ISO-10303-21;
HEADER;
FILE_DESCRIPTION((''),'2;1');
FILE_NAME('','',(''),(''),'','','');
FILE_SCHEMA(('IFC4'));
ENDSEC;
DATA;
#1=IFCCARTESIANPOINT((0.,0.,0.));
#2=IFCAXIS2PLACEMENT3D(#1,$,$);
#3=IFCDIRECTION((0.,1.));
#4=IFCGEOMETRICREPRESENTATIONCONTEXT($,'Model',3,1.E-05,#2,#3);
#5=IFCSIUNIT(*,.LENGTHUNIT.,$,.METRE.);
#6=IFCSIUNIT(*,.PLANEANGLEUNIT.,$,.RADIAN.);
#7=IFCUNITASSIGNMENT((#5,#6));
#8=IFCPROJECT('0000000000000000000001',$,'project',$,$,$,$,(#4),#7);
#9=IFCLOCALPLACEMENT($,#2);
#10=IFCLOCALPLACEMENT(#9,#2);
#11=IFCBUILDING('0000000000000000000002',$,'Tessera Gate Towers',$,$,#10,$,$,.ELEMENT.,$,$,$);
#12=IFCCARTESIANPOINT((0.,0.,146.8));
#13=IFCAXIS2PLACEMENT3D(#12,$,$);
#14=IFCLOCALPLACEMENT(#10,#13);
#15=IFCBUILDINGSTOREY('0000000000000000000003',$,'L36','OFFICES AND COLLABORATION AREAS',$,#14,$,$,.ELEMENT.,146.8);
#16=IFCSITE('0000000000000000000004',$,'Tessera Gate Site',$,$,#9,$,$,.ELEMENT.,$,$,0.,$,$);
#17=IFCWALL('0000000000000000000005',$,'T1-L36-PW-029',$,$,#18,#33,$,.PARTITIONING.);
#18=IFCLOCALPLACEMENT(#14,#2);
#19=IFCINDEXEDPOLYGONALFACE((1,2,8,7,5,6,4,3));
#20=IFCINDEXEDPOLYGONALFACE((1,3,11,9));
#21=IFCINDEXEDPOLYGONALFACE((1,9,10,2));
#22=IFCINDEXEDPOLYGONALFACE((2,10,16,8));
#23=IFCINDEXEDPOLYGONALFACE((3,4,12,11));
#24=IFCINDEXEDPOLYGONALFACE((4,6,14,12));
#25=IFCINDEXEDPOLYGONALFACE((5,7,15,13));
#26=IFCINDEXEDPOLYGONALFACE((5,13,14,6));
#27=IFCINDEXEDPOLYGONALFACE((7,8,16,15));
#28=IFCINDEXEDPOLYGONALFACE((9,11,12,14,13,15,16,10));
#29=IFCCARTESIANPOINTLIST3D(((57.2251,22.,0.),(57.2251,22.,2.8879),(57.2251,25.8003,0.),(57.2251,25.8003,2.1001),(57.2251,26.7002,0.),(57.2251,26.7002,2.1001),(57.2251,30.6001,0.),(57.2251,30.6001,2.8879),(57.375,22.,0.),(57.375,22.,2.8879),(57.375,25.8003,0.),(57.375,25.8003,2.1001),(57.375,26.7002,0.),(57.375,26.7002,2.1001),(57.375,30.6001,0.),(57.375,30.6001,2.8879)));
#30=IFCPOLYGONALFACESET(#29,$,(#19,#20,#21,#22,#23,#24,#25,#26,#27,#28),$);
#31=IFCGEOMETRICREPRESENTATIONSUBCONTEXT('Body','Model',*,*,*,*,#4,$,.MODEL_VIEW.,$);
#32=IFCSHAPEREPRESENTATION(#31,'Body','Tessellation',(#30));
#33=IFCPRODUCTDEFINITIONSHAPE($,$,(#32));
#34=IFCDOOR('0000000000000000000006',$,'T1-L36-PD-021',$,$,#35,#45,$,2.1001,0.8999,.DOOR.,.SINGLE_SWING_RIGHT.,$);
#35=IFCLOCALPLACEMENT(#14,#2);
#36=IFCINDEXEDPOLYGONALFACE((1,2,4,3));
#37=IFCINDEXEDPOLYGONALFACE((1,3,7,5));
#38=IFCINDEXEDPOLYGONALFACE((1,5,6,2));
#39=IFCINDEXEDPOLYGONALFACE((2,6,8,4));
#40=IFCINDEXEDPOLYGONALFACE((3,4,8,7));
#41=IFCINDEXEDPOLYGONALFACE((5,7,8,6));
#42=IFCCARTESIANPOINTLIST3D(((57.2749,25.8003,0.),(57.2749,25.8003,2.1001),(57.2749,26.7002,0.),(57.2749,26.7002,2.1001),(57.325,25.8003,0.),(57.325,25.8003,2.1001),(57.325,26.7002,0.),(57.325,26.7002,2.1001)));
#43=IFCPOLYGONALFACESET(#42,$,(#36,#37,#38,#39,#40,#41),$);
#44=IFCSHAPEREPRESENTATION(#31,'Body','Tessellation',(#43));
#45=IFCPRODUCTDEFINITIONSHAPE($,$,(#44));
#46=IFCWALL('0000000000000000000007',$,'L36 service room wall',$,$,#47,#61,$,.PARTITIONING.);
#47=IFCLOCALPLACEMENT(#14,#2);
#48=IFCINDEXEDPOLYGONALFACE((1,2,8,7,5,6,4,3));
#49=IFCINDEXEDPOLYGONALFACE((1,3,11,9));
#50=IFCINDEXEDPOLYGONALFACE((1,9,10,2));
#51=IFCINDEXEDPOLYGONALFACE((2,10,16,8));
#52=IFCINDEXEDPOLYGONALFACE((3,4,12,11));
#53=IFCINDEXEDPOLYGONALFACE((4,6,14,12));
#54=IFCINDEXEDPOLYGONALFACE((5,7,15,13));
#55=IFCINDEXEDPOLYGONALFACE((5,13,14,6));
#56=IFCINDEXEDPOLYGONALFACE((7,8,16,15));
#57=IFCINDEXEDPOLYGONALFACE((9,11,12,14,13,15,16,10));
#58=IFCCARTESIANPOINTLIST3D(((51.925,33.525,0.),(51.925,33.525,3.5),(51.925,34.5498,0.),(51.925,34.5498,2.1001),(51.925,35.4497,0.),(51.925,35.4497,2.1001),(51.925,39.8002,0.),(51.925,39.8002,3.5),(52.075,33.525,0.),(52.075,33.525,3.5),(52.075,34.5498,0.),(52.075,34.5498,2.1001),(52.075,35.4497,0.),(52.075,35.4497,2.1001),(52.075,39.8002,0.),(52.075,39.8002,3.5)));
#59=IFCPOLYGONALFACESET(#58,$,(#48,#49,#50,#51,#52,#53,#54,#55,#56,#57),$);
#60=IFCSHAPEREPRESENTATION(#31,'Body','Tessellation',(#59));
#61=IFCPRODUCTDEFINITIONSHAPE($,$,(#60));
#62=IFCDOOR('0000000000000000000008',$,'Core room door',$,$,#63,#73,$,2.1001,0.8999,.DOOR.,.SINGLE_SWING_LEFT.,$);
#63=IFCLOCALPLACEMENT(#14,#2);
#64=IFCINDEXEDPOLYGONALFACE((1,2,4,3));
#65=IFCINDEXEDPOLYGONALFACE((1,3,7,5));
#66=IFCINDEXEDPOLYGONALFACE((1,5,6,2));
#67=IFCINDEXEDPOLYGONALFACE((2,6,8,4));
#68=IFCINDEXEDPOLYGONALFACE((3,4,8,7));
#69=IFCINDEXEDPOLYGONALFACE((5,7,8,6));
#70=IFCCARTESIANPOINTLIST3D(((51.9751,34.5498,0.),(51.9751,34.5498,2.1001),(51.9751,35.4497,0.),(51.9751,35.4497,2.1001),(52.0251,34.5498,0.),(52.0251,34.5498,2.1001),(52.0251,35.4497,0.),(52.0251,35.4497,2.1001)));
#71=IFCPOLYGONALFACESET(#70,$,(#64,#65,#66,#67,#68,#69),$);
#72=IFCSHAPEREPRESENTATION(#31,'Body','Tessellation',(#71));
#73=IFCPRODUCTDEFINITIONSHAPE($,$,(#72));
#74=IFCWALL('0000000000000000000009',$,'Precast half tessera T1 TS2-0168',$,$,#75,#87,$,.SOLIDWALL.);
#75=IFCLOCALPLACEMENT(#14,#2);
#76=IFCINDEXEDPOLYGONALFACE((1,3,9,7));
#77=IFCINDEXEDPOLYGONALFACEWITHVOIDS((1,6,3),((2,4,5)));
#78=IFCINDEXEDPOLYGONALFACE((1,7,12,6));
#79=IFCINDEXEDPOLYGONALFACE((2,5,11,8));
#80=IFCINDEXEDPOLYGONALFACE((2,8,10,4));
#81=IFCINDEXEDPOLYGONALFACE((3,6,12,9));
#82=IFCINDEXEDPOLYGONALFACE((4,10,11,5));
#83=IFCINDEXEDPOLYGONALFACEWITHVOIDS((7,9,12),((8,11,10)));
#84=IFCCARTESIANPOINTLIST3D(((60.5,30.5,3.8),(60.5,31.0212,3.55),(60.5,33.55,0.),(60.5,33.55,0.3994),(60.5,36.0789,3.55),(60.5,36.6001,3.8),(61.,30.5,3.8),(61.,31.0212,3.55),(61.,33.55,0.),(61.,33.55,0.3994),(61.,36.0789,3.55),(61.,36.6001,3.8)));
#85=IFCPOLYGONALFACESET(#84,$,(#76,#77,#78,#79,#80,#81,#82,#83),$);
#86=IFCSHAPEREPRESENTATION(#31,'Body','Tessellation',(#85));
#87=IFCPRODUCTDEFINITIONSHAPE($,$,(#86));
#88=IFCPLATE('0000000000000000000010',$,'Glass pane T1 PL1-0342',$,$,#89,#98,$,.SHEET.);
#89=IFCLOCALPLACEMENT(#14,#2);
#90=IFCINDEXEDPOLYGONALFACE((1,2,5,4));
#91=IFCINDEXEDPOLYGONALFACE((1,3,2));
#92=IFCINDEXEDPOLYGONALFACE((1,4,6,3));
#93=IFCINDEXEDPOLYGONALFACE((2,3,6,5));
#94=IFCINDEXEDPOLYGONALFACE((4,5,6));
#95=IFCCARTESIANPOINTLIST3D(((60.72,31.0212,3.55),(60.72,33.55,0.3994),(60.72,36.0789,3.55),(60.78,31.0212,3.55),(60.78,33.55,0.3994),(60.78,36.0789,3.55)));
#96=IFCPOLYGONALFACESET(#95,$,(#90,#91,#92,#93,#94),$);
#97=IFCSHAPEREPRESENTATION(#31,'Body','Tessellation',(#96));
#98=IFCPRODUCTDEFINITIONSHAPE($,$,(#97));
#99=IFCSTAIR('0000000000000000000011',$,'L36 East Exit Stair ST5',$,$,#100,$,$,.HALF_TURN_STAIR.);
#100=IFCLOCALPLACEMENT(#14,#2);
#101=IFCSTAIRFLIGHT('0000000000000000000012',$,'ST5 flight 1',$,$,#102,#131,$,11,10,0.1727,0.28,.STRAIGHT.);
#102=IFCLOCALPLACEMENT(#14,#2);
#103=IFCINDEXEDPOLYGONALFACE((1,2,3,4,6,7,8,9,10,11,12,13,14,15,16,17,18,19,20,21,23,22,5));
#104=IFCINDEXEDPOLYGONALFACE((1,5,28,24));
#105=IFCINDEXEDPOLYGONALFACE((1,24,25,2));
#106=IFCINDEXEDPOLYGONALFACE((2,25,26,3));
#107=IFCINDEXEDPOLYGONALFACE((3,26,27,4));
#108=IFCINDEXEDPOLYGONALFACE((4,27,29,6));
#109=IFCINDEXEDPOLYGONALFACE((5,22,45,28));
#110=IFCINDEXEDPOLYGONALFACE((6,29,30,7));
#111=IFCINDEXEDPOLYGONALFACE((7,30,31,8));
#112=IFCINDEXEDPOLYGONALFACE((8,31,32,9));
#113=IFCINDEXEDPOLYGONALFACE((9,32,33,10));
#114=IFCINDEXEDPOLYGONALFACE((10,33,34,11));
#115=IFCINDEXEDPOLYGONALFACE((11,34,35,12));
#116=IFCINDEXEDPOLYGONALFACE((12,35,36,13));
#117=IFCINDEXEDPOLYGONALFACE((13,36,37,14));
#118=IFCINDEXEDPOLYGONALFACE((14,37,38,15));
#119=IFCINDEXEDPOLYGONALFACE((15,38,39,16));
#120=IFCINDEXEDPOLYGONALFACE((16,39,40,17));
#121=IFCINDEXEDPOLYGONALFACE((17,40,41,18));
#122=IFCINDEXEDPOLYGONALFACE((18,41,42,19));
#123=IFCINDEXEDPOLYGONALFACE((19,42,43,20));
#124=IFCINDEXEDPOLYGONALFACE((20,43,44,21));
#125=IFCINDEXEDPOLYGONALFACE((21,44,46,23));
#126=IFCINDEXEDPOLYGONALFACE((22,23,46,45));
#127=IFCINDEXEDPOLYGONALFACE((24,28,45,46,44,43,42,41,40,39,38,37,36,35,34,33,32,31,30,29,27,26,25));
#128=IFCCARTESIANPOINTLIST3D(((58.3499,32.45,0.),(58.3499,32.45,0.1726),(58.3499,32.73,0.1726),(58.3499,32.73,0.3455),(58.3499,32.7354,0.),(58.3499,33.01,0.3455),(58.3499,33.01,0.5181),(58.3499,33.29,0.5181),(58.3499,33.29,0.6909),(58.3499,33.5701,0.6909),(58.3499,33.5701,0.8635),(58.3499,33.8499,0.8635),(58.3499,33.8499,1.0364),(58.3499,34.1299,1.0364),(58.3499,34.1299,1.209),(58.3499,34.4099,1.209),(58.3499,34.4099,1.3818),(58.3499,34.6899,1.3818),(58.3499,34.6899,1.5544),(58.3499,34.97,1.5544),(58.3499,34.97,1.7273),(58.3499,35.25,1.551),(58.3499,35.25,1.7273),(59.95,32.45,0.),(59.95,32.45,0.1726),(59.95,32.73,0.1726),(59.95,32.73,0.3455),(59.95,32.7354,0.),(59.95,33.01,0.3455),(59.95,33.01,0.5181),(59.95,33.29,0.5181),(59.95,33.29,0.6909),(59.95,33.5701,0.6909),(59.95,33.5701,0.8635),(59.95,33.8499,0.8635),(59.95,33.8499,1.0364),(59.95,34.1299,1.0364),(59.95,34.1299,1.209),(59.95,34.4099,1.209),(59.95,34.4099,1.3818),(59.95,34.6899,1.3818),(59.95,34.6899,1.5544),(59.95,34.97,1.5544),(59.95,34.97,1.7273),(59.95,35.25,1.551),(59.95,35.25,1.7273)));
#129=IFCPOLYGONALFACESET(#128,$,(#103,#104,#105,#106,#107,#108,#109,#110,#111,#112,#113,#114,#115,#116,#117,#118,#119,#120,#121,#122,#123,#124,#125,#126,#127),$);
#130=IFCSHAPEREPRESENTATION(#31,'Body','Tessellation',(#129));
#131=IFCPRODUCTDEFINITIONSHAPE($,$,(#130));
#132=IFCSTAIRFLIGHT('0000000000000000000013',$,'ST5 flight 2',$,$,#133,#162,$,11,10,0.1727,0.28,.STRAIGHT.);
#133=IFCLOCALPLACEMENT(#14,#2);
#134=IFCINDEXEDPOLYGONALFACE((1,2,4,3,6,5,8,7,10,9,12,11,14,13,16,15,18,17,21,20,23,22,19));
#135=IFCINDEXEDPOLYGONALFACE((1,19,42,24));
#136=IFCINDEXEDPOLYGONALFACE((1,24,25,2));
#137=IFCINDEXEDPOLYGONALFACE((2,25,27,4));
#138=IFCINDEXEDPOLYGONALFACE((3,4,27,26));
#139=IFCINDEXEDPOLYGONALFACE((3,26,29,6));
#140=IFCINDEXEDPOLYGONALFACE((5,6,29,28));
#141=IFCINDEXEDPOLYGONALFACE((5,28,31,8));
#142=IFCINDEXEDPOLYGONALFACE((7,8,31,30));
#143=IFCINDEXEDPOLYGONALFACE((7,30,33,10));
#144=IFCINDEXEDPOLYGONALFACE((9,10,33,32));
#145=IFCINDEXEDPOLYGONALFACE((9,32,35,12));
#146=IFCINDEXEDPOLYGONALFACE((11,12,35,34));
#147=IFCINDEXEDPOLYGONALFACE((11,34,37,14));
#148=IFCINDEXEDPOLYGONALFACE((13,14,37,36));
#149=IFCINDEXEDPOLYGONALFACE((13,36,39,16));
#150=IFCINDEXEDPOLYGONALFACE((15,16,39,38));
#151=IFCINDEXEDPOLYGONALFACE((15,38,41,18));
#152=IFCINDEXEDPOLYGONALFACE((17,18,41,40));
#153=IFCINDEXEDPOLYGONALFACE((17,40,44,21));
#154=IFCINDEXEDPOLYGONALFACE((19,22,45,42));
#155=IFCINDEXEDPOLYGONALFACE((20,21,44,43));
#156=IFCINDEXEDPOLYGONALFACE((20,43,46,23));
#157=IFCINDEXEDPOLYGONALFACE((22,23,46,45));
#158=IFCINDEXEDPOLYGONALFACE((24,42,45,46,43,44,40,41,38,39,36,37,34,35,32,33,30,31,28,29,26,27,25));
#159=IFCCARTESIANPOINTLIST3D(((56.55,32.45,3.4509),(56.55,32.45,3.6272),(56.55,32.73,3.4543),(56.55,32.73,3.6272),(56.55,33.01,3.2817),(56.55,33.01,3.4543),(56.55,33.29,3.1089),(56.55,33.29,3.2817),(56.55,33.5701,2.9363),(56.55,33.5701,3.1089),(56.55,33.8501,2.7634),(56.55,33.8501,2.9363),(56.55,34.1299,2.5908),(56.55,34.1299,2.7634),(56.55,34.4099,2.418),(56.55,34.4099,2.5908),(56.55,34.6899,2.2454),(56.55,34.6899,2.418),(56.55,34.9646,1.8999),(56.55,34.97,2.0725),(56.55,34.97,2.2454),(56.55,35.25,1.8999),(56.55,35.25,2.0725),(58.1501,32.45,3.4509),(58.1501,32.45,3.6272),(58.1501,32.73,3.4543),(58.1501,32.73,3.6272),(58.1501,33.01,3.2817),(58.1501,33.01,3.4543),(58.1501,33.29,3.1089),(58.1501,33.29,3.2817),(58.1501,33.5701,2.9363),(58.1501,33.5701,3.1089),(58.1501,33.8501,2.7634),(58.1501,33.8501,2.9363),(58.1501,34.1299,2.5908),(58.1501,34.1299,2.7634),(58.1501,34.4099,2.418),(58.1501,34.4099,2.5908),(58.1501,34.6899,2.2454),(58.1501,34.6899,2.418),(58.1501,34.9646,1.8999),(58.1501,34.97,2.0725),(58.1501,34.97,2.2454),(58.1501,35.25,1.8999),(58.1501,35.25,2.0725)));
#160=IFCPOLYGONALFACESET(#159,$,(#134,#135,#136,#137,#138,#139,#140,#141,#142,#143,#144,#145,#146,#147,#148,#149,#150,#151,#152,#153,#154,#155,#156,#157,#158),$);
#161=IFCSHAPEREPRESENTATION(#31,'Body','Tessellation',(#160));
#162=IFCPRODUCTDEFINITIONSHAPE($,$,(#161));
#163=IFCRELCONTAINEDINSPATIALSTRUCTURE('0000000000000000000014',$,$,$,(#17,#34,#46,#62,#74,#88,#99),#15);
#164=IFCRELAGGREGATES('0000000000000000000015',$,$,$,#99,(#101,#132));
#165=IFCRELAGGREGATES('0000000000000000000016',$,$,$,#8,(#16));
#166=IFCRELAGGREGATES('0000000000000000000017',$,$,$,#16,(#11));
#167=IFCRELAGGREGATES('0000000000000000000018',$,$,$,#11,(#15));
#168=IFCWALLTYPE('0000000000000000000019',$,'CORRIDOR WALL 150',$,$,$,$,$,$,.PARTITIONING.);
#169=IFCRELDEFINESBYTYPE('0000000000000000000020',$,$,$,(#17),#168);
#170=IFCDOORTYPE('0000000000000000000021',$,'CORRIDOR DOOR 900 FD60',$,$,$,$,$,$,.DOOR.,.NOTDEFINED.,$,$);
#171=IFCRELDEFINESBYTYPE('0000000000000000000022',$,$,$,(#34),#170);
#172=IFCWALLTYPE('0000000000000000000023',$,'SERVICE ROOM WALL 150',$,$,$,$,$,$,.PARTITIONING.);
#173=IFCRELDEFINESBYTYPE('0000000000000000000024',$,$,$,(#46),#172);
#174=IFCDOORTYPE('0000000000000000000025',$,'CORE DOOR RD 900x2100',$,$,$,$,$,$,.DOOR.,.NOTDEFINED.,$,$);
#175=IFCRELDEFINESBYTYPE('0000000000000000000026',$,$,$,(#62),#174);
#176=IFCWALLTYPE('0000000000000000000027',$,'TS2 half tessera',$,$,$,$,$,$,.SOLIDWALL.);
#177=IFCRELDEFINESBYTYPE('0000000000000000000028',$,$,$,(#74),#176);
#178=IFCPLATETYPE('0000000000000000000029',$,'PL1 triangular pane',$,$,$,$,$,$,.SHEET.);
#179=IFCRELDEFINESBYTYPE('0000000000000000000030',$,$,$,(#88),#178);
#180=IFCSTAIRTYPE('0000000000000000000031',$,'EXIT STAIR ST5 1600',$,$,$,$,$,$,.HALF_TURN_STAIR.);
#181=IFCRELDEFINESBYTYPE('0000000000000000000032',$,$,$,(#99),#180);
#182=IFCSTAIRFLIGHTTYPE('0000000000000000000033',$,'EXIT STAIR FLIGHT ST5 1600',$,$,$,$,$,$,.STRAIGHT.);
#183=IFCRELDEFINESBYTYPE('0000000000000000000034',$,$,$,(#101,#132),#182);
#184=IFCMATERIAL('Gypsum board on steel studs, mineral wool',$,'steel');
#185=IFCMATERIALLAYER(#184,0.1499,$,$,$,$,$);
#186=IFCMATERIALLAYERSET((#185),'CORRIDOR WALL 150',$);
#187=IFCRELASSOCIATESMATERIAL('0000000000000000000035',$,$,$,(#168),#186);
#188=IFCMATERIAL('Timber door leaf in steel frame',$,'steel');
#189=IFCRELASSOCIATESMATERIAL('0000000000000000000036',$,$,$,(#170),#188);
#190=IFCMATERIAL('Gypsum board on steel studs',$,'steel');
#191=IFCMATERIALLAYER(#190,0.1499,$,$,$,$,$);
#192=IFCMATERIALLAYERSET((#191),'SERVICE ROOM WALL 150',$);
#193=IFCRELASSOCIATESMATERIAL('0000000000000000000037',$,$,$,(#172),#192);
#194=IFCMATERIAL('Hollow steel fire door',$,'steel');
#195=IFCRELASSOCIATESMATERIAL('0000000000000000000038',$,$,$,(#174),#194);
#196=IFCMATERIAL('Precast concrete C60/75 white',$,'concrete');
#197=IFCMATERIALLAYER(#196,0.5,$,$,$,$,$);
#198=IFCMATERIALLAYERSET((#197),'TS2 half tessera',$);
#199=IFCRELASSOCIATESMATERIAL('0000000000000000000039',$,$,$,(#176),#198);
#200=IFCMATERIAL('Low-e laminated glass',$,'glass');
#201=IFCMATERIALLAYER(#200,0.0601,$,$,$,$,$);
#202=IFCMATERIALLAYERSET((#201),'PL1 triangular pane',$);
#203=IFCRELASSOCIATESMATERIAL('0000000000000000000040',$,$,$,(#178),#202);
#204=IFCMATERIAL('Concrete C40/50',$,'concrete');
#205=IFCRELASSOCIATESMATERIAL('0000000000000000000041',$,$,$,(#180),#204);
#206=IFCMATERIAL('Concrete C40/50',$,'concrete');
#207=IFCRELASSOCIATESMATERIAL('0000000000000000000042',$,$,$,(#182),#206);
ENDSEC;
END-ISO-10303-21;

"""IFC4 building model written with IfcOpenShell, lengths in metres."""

from ifc_helpers import new_model, si_unit, direction, frame, frame_2d, origin, place, context, subcontext, project, spatial, polyline, rectangle, outline, extrude, source, transform, mapped, material, layer, layer_set, type_object, element, fill, aggregate, save


model = new_model("IFC4")

# Units and contexts
model_context = context("Model", 3, precision=1e-05, world=origin(), true_north=direction((0.0, 1.0)))
body_context = subcontext(model_context, "Body", "Model", "MODEL_VIEW")
ifc_project = project(units=[si_unit("LENGTHUNIT", "METRE"), si_unit("PLANEANGLEUNIT", "RADIAN")], contexts=[model_context])

# Site, building, storey
site_placement = place(None, origin())
site = spatial("IfcSite", under=ifc_project, at=site_placement, Name="Tessera Gate Site", CompositionType="ELEMENT", RefElevation=0.0)
building_placement = place(site_placement, origin())
building = spatial("IfcBuilding", under=site, at=building_placement, Name="Tessera Gate Towers", CompositionType="ELEMENT")
storey_placement = place(building_placement, frame((0.0, 0.0, 146.8)))
storey = spatial("IfcBuildingStorey", under=building, at=storey_placement, Name="L36", Description="OFFICES AND COLLABORATION AREAS", CompositionType="ELEMENT", Elevation=146.8)

# Walls, openings, doors
ifc_material_1 = material(Name="Gypsum board on steel studs, mineral wool", Category="steel")
ifc_layer_1 = layer(ifc_material_1, 0.1499)
ifc_layer_set_1 = layer_set([ifc_layer_1], Name="CORRIDOR WALL 150")
wall_type_1 = type_object("IfcWallType", Name="CORRIDOR WALL 150", PredefinedType="PARTITIONING", material=ifc_layer_set_1)
wall_1_placement = place(storey_placement, frame((57.3, 30.6001, 0.0), z_axis=(0.0, 0.0, 1.0), x_axis=(0.0, -1.0, 0.0)))
wall_1 = element("IfcWall", 1, at=wall_1_placement, inside=storey, type_object=wall_type_1, Name="T1-L36-PW-029", PredefinedType="PARTITIONING", context=body_context, shape_type="SweptSolid", body=[
    extrude(rectangle(XDim=8.6001, YDim=0.1499, at=frame_2d((4.3, 0.0))), origin(), (0.0, 0.0, 1.0), 2.8879),
])
shared_shape_1 = source(origin(), body_context, "Body", "SweptSolid", [
    extrude(rectangle(XDim=0.8999, YDim=2.1001, at=frame_2d((0.45, 1.05))), frame((0.0, 0.085, 0.0), z_axis=(0.0, -1.0, 0.0), x_axis=(1.0, 0.0, 0.0)), (0.0, 0.0, 1.0), 0.1699),
])
opening_1_placement = place(wall_1_placement, frame((3.8999, 0.0, 0.0)))
opening_1 = element("IfcOpeningElement", 2, at=opening_1_placement, cuts=wall_1, PredefinedType="OPENING", context=body_context, shape_type="MappedRepresentation", body=[
    mapped(shared_shape_1, transform((0.0, 0.0, 0.0), scale=1.0)),
])
ifc_material_2 = material(Name="Timber door leaf in steel frame", Category="steel")
door_type_1 = type_object("IfcDoorType", Name="CORRIDOR DOOR 900 FD60", OperationType="NOTDEFINED", PredefinedType="DOOR", material=ifc_material_2)
shared_shape_2 = source(origin(), body_context, "Body", "SweptSolid", [
    extrude(rectangle(XDim=0.8999, YDim=2.1001, at=frame_2d((0.45, 1.05))), frame((0.0, 0.0249, 0.0), z_axis=(0.0, -1.0, 0.0), x_axis=(1.0, 0.0, 0.0)), (0.0, 0.0, 1.0), 0.05),
])
door_1_placement = place(opening_1_placement, origin())
door_1 = element("IfcDoor", 3, at=door_1_placement, inside=storey, type_object=door_type_1, Name="T1-L36-PD-021", OperationType="SINGLE_SWING_RIGHT", OverallHeight=2.1001, OverallWidth=0.8999, PredefinedType="DOOR", context=body_context, shape_type="MappedRepresentation", body=[
    mapped(shared_shape_2, transform((0.0, 0.0, 0.0), scale=1.0)),
])
fill(opening_1, door_1)
ifc_material_3 = material(Name="Gypsum board on steel studs", Category="steel")
ifc_layer_2 = layer(ifc_material_3, 0.1499)
ifc_layer_set_2 = layer_set([ifc_layer_2], Name="SERVICE ROOM WALL 150")
wall_type_2 = type_object("IfcWallType", Name="SERVICE ROOM WALL 150", PredefinedType="PARTITIONING", material=ifc_layer_set_2)
wall_2_placement = place(storey_placement, frame((52.0, 33.5249, 0.0), z_axis=(0.0, 0.0, 1.0), x_axis=(0.0, 1.0, 0.0)))
wall_2 = element("IfcWall", 4, at=wall_2_placement, inside=storey, type_object=wall_type_2, Name="L36 service room wall", PredefinedType="PARTITIONING", context=body_context, shape_type="SweptSolid", body=[
    extrude(rectangle(XDim=6.2751, YDim=0.1499, at=frame_2d((3.1377, 0.0))), origin(), (0.0, 0.0, 1.0), 3.5),
])
opening_2_placement = place(wall_2_placement, frame((1.0249, 0.0, 0.0)))
opening_2 = element("IfcOpeningElement", 5, at=opening_2_placement, cuts=wall_2, PredefinedType="OPENING", context=body_context, shape_type="MappedRepresentation", body=[
    mapped(shared_shape_1, transform((0.0, 0.0, 0.0), scale=1.0)),
])
ifc_material_4 = material(Name="Hollow steel fire door", Category="steel")
door_type_2 = type_object("IfcDoorType", Name="CORE DOOR RD 900x2100", OperationType="NOTDEFINED", PredefinedType="DOOR", material=ifc_material_4)
door_2_placement = place(opening_2_placement, origin())
door_2 = element("IfcDoor", 6, at=door_2_placement, inside=storey, type_object=door_type_2, Name="Core room door", OperationType="SINGLE_SWING_LEFT", OverallHeight=2.1001, OverallWidth=0.8999, PredefinedType="DOOR", context=body_context, shape_type="MappedRepresentation", body=[
    mapped(shared_shape_2, transform((0.0, 0.0, 0.0), scale=1.0)),
])
fill(opening_2, door_2)

# Wall, opening, plate
ifc_material_5 = material(Name="Precast concrete C60/75 white", Category="concrete")
ifc_layer_3 = layer(ifc_material_5, 0.5)
ifc_layer_set_3 = layer_set([ifc_layer_3], Name="TS2 half tessera")
wall_type_3 = type_object("IfcWallType", Name="TS2 half tessera", PredefinedType="SOLIDWALL", material=ifc_layer_set_3)
shared_shape_3 = source(origin(), body_context, "Body", "SweptSolid", [
    extrude(outline(polyline([(3.05, 0.0), (6.1001, 3.8), (0.0, 3.8), (3.05, 0.0)])), frame((0.0, 0.25, 0.0), z_axis=(0.0, -1.0, 0.0), x_axis=(1.0, 0.0, 0.0)), (0.0, 0.0, 1.0), 0.5),
])
wall_3_placement = place(storey_placement, frame((60.75, 30.5, 0.0), z_axis=(0.0, 0.0, 1.0), x_axis=(0.0, 1.0, 0.0)))
wall_3 = element("IfcWall", 7, at=wall_3_placement, inside=storey, type_object=wall_type_3, Name="Precast half tessera T1 TS2-0168", PredefinedType="SOLIDWALL", context=body_context, shape_type="MappedRepresentation", body=[
    mapped(shared_shape_3, transform((0.0, 0.0, 0.0), scale=1.0)),
])
shared_shape_4 = source(origin(), body_context, "Body", "SweptSolid", [
    extrude(outline(polyline([(3.05, 0.3994), (5.5789, 3.55), (0.5212, 3.55), (3.05, 0.3994)])), frame((0.0, 0.26, 0.0), z_axis=(0.0, -1.0, 0.0), x_axis=(1.0, 0.0, 0.0)), (0.0, 0.0, 1.0), 0.52),
])
opening_3_placement = place(wall_3_placement, origin())
opening_3 = element("IfcOpeningElement", 8, at=opening_3_placement, cuts=wall_3, PredefinedType="OPENING", context=body_context, shape_type="MappedRepresentation", body=[
    mapped(shared_shape_4, transform((0.0, 0.0, 0.0), scale=1.0)),
])
ifc_material_6 = material(Name="Low-e laminated glass", Category="glass")
ifc_layer_4 = layer(ifc_material_6, 0.0601)
ifc_layer_set_4 = layer_set([ifc_layer_4], Name="PL1 triangular pane")
plate_type = type_object("IfcPlateType", Name="PL1 triangular pane", PredefinedType="SHEET", material=ifc_layer_set_4)
shared_shape_5 = source(origin(), body_context, "Body", "SweptSolid", [
    extrude(outline(polyline([(3.05, 0.3994), (5.5789, 3.55), (0.5212, 3.55), (3.05, 0.3994)])), frame((0.0, 0.03, 0.0), z_axis=(0.0, -1.0, 0.0), x_axis=(1.0, 0.0, 0.0)), (0.0, 0.0, 1.0), 0.0601),
])
plate_placement = place(opening_3_placement, origin())
plate = element("IfcPlate", 9, at=plate_placement, inside=storey, type_object=plate_type, Name="Glass pane T1 PL1-0342", PredefinedType="SHEET", context=body_context, shape_type="MappedRepresentation", body=[
    mapped(shared_shape_5, transform((0.0, 0.0, 0.0), scale=1.0)),
])
fill(opening_3, plate)

# Stair, stair flights
ifc_material_7 = material(Name="Concrete C40/50", Category="concrete")
stair_type = type_object("IfcStairType", Name="EXIT STAIR ST5 1600", PredefinedType="HALF_TURN_STAIR", material=ifc_material_7)
stair_placement = place(storey_placement, origin())
stair = element("IfcStair", 10, at=stair_placement, inside=storey, type_object=stair_type, Name="L36 East Exit Stair ST5", PredefinedType="HALF_TURN_STAIR")
ifc_material_8 = material(Name="Concrete C40/50", Category="concrete")
stair_flight_type = type_object("IfcStairFlightType", Name="EXIT STAIR FLIGHT ST5 1600", PredefinedType="STRAIGHT", material=ifc_material_8)
stair_flight_1_placement = place(storey_placement, frame((59.1499, 32.45, 0.0), z_axis=(0.0, 0.0, 1.0), x_axis=(0.0, 1.0, 0.0)))
stair_flight_1 = element("IfcStairFlight", 11, at=stair_flight_1_placement, type_object=stair_flight_type, Name="ST5 flight 1", NumberOfRisers=11, NumberOfTreads=10, PredefinedType="STRAIGHT", RiserHeight=0.1727, TreadLength=0.28, context=body_context, shape_type="SweptSolid", body=[
    extrude(outline(polyline([(0.0, 0.0), (0.0, 0.1726), (0.28, 0.1726), (0.28, 0.3455), (0.5601, 0.3455), (0.5601, 0.5181), (0.8401, 0.5181), (0.8401, 0.6909), (1.1201, 0.6909), (1.1201, 0.8635), (1.3999, 0.8635), (1.3999, 1.0364), (1.6799, 1.0364), (1.6799, 1.209), (1.96, 1.209), (1.96, 1.3818), (2.24, 1.3818), (2.24, 1.5544), (2.52, 1.5544), (2.52, 1.7273), (2.8, 1.7273), (2.8, 1.8999), (2.8, 1.551), (0.2854, 0.0), (0.0, 0.0)])), frame((0.0, 0.8, 0.0), z_axis=(0.0, -1.0, 0.0), x_axis=(1.0, 0.0, 0.0)), (0.0, 0.0, 1.0), 1.6001),
])
stair_flight_2_placement = place(storey_placement, frame((57.3501, 35.25, 1.8999), z_axis=(0.0, 0.0, 1.0), x_axis=(0.0, -1.0, 0.0)))
stair_flight_2 = element("IfcStairFlight", 12, at=stair_flight_2_placement, type_object=stair_flight_type, Name="ST5 flight 2", NumberOfRisers=11, NumberOfTreads=10, PredefinedType="STRAIGHT", RiserHeight=0.1727, TreadLength=0.28, context=body_context, shape_type="SweptSolid", body=[
    extrude(outline(polyline([(0.0, 0.0), (0.0, 0.1726), (0.28, 0.1726), (0.28, 0.3455), (0.5601, 0.3455), (0.5601, 0.5181), (0.8401, 0.5181), (0.8401, 0.6909), (1.1201, 0.6909), (1.1201, 0.8635), (1.3999, 0.8635), (1.3999, 1.0364), (1.6799, 1.0364), (1.6799, 1.209), (1.96, 1.209), (1.96, 1.3818), (2.24, 1.3818), (2.24, 1.5544), (2.52, 1.5544), (2.52, 1.7273), (2.8, 1.7273), (2.8, 1.8999), (2.8, 1.551), (0.2854, 0.0), (0.0, 0.0)])), frame((0.0, 0.8, 0.0), z_axis=(0.0, -1.0, 0.0), x_axis=(1.0, 0.0, 0.0)), (0.0, 0.0, 1.0), 1.6001),
])
aggregate(stair, [stair_flight_1, stair_flight_2])

save(model, "model.ifc")
